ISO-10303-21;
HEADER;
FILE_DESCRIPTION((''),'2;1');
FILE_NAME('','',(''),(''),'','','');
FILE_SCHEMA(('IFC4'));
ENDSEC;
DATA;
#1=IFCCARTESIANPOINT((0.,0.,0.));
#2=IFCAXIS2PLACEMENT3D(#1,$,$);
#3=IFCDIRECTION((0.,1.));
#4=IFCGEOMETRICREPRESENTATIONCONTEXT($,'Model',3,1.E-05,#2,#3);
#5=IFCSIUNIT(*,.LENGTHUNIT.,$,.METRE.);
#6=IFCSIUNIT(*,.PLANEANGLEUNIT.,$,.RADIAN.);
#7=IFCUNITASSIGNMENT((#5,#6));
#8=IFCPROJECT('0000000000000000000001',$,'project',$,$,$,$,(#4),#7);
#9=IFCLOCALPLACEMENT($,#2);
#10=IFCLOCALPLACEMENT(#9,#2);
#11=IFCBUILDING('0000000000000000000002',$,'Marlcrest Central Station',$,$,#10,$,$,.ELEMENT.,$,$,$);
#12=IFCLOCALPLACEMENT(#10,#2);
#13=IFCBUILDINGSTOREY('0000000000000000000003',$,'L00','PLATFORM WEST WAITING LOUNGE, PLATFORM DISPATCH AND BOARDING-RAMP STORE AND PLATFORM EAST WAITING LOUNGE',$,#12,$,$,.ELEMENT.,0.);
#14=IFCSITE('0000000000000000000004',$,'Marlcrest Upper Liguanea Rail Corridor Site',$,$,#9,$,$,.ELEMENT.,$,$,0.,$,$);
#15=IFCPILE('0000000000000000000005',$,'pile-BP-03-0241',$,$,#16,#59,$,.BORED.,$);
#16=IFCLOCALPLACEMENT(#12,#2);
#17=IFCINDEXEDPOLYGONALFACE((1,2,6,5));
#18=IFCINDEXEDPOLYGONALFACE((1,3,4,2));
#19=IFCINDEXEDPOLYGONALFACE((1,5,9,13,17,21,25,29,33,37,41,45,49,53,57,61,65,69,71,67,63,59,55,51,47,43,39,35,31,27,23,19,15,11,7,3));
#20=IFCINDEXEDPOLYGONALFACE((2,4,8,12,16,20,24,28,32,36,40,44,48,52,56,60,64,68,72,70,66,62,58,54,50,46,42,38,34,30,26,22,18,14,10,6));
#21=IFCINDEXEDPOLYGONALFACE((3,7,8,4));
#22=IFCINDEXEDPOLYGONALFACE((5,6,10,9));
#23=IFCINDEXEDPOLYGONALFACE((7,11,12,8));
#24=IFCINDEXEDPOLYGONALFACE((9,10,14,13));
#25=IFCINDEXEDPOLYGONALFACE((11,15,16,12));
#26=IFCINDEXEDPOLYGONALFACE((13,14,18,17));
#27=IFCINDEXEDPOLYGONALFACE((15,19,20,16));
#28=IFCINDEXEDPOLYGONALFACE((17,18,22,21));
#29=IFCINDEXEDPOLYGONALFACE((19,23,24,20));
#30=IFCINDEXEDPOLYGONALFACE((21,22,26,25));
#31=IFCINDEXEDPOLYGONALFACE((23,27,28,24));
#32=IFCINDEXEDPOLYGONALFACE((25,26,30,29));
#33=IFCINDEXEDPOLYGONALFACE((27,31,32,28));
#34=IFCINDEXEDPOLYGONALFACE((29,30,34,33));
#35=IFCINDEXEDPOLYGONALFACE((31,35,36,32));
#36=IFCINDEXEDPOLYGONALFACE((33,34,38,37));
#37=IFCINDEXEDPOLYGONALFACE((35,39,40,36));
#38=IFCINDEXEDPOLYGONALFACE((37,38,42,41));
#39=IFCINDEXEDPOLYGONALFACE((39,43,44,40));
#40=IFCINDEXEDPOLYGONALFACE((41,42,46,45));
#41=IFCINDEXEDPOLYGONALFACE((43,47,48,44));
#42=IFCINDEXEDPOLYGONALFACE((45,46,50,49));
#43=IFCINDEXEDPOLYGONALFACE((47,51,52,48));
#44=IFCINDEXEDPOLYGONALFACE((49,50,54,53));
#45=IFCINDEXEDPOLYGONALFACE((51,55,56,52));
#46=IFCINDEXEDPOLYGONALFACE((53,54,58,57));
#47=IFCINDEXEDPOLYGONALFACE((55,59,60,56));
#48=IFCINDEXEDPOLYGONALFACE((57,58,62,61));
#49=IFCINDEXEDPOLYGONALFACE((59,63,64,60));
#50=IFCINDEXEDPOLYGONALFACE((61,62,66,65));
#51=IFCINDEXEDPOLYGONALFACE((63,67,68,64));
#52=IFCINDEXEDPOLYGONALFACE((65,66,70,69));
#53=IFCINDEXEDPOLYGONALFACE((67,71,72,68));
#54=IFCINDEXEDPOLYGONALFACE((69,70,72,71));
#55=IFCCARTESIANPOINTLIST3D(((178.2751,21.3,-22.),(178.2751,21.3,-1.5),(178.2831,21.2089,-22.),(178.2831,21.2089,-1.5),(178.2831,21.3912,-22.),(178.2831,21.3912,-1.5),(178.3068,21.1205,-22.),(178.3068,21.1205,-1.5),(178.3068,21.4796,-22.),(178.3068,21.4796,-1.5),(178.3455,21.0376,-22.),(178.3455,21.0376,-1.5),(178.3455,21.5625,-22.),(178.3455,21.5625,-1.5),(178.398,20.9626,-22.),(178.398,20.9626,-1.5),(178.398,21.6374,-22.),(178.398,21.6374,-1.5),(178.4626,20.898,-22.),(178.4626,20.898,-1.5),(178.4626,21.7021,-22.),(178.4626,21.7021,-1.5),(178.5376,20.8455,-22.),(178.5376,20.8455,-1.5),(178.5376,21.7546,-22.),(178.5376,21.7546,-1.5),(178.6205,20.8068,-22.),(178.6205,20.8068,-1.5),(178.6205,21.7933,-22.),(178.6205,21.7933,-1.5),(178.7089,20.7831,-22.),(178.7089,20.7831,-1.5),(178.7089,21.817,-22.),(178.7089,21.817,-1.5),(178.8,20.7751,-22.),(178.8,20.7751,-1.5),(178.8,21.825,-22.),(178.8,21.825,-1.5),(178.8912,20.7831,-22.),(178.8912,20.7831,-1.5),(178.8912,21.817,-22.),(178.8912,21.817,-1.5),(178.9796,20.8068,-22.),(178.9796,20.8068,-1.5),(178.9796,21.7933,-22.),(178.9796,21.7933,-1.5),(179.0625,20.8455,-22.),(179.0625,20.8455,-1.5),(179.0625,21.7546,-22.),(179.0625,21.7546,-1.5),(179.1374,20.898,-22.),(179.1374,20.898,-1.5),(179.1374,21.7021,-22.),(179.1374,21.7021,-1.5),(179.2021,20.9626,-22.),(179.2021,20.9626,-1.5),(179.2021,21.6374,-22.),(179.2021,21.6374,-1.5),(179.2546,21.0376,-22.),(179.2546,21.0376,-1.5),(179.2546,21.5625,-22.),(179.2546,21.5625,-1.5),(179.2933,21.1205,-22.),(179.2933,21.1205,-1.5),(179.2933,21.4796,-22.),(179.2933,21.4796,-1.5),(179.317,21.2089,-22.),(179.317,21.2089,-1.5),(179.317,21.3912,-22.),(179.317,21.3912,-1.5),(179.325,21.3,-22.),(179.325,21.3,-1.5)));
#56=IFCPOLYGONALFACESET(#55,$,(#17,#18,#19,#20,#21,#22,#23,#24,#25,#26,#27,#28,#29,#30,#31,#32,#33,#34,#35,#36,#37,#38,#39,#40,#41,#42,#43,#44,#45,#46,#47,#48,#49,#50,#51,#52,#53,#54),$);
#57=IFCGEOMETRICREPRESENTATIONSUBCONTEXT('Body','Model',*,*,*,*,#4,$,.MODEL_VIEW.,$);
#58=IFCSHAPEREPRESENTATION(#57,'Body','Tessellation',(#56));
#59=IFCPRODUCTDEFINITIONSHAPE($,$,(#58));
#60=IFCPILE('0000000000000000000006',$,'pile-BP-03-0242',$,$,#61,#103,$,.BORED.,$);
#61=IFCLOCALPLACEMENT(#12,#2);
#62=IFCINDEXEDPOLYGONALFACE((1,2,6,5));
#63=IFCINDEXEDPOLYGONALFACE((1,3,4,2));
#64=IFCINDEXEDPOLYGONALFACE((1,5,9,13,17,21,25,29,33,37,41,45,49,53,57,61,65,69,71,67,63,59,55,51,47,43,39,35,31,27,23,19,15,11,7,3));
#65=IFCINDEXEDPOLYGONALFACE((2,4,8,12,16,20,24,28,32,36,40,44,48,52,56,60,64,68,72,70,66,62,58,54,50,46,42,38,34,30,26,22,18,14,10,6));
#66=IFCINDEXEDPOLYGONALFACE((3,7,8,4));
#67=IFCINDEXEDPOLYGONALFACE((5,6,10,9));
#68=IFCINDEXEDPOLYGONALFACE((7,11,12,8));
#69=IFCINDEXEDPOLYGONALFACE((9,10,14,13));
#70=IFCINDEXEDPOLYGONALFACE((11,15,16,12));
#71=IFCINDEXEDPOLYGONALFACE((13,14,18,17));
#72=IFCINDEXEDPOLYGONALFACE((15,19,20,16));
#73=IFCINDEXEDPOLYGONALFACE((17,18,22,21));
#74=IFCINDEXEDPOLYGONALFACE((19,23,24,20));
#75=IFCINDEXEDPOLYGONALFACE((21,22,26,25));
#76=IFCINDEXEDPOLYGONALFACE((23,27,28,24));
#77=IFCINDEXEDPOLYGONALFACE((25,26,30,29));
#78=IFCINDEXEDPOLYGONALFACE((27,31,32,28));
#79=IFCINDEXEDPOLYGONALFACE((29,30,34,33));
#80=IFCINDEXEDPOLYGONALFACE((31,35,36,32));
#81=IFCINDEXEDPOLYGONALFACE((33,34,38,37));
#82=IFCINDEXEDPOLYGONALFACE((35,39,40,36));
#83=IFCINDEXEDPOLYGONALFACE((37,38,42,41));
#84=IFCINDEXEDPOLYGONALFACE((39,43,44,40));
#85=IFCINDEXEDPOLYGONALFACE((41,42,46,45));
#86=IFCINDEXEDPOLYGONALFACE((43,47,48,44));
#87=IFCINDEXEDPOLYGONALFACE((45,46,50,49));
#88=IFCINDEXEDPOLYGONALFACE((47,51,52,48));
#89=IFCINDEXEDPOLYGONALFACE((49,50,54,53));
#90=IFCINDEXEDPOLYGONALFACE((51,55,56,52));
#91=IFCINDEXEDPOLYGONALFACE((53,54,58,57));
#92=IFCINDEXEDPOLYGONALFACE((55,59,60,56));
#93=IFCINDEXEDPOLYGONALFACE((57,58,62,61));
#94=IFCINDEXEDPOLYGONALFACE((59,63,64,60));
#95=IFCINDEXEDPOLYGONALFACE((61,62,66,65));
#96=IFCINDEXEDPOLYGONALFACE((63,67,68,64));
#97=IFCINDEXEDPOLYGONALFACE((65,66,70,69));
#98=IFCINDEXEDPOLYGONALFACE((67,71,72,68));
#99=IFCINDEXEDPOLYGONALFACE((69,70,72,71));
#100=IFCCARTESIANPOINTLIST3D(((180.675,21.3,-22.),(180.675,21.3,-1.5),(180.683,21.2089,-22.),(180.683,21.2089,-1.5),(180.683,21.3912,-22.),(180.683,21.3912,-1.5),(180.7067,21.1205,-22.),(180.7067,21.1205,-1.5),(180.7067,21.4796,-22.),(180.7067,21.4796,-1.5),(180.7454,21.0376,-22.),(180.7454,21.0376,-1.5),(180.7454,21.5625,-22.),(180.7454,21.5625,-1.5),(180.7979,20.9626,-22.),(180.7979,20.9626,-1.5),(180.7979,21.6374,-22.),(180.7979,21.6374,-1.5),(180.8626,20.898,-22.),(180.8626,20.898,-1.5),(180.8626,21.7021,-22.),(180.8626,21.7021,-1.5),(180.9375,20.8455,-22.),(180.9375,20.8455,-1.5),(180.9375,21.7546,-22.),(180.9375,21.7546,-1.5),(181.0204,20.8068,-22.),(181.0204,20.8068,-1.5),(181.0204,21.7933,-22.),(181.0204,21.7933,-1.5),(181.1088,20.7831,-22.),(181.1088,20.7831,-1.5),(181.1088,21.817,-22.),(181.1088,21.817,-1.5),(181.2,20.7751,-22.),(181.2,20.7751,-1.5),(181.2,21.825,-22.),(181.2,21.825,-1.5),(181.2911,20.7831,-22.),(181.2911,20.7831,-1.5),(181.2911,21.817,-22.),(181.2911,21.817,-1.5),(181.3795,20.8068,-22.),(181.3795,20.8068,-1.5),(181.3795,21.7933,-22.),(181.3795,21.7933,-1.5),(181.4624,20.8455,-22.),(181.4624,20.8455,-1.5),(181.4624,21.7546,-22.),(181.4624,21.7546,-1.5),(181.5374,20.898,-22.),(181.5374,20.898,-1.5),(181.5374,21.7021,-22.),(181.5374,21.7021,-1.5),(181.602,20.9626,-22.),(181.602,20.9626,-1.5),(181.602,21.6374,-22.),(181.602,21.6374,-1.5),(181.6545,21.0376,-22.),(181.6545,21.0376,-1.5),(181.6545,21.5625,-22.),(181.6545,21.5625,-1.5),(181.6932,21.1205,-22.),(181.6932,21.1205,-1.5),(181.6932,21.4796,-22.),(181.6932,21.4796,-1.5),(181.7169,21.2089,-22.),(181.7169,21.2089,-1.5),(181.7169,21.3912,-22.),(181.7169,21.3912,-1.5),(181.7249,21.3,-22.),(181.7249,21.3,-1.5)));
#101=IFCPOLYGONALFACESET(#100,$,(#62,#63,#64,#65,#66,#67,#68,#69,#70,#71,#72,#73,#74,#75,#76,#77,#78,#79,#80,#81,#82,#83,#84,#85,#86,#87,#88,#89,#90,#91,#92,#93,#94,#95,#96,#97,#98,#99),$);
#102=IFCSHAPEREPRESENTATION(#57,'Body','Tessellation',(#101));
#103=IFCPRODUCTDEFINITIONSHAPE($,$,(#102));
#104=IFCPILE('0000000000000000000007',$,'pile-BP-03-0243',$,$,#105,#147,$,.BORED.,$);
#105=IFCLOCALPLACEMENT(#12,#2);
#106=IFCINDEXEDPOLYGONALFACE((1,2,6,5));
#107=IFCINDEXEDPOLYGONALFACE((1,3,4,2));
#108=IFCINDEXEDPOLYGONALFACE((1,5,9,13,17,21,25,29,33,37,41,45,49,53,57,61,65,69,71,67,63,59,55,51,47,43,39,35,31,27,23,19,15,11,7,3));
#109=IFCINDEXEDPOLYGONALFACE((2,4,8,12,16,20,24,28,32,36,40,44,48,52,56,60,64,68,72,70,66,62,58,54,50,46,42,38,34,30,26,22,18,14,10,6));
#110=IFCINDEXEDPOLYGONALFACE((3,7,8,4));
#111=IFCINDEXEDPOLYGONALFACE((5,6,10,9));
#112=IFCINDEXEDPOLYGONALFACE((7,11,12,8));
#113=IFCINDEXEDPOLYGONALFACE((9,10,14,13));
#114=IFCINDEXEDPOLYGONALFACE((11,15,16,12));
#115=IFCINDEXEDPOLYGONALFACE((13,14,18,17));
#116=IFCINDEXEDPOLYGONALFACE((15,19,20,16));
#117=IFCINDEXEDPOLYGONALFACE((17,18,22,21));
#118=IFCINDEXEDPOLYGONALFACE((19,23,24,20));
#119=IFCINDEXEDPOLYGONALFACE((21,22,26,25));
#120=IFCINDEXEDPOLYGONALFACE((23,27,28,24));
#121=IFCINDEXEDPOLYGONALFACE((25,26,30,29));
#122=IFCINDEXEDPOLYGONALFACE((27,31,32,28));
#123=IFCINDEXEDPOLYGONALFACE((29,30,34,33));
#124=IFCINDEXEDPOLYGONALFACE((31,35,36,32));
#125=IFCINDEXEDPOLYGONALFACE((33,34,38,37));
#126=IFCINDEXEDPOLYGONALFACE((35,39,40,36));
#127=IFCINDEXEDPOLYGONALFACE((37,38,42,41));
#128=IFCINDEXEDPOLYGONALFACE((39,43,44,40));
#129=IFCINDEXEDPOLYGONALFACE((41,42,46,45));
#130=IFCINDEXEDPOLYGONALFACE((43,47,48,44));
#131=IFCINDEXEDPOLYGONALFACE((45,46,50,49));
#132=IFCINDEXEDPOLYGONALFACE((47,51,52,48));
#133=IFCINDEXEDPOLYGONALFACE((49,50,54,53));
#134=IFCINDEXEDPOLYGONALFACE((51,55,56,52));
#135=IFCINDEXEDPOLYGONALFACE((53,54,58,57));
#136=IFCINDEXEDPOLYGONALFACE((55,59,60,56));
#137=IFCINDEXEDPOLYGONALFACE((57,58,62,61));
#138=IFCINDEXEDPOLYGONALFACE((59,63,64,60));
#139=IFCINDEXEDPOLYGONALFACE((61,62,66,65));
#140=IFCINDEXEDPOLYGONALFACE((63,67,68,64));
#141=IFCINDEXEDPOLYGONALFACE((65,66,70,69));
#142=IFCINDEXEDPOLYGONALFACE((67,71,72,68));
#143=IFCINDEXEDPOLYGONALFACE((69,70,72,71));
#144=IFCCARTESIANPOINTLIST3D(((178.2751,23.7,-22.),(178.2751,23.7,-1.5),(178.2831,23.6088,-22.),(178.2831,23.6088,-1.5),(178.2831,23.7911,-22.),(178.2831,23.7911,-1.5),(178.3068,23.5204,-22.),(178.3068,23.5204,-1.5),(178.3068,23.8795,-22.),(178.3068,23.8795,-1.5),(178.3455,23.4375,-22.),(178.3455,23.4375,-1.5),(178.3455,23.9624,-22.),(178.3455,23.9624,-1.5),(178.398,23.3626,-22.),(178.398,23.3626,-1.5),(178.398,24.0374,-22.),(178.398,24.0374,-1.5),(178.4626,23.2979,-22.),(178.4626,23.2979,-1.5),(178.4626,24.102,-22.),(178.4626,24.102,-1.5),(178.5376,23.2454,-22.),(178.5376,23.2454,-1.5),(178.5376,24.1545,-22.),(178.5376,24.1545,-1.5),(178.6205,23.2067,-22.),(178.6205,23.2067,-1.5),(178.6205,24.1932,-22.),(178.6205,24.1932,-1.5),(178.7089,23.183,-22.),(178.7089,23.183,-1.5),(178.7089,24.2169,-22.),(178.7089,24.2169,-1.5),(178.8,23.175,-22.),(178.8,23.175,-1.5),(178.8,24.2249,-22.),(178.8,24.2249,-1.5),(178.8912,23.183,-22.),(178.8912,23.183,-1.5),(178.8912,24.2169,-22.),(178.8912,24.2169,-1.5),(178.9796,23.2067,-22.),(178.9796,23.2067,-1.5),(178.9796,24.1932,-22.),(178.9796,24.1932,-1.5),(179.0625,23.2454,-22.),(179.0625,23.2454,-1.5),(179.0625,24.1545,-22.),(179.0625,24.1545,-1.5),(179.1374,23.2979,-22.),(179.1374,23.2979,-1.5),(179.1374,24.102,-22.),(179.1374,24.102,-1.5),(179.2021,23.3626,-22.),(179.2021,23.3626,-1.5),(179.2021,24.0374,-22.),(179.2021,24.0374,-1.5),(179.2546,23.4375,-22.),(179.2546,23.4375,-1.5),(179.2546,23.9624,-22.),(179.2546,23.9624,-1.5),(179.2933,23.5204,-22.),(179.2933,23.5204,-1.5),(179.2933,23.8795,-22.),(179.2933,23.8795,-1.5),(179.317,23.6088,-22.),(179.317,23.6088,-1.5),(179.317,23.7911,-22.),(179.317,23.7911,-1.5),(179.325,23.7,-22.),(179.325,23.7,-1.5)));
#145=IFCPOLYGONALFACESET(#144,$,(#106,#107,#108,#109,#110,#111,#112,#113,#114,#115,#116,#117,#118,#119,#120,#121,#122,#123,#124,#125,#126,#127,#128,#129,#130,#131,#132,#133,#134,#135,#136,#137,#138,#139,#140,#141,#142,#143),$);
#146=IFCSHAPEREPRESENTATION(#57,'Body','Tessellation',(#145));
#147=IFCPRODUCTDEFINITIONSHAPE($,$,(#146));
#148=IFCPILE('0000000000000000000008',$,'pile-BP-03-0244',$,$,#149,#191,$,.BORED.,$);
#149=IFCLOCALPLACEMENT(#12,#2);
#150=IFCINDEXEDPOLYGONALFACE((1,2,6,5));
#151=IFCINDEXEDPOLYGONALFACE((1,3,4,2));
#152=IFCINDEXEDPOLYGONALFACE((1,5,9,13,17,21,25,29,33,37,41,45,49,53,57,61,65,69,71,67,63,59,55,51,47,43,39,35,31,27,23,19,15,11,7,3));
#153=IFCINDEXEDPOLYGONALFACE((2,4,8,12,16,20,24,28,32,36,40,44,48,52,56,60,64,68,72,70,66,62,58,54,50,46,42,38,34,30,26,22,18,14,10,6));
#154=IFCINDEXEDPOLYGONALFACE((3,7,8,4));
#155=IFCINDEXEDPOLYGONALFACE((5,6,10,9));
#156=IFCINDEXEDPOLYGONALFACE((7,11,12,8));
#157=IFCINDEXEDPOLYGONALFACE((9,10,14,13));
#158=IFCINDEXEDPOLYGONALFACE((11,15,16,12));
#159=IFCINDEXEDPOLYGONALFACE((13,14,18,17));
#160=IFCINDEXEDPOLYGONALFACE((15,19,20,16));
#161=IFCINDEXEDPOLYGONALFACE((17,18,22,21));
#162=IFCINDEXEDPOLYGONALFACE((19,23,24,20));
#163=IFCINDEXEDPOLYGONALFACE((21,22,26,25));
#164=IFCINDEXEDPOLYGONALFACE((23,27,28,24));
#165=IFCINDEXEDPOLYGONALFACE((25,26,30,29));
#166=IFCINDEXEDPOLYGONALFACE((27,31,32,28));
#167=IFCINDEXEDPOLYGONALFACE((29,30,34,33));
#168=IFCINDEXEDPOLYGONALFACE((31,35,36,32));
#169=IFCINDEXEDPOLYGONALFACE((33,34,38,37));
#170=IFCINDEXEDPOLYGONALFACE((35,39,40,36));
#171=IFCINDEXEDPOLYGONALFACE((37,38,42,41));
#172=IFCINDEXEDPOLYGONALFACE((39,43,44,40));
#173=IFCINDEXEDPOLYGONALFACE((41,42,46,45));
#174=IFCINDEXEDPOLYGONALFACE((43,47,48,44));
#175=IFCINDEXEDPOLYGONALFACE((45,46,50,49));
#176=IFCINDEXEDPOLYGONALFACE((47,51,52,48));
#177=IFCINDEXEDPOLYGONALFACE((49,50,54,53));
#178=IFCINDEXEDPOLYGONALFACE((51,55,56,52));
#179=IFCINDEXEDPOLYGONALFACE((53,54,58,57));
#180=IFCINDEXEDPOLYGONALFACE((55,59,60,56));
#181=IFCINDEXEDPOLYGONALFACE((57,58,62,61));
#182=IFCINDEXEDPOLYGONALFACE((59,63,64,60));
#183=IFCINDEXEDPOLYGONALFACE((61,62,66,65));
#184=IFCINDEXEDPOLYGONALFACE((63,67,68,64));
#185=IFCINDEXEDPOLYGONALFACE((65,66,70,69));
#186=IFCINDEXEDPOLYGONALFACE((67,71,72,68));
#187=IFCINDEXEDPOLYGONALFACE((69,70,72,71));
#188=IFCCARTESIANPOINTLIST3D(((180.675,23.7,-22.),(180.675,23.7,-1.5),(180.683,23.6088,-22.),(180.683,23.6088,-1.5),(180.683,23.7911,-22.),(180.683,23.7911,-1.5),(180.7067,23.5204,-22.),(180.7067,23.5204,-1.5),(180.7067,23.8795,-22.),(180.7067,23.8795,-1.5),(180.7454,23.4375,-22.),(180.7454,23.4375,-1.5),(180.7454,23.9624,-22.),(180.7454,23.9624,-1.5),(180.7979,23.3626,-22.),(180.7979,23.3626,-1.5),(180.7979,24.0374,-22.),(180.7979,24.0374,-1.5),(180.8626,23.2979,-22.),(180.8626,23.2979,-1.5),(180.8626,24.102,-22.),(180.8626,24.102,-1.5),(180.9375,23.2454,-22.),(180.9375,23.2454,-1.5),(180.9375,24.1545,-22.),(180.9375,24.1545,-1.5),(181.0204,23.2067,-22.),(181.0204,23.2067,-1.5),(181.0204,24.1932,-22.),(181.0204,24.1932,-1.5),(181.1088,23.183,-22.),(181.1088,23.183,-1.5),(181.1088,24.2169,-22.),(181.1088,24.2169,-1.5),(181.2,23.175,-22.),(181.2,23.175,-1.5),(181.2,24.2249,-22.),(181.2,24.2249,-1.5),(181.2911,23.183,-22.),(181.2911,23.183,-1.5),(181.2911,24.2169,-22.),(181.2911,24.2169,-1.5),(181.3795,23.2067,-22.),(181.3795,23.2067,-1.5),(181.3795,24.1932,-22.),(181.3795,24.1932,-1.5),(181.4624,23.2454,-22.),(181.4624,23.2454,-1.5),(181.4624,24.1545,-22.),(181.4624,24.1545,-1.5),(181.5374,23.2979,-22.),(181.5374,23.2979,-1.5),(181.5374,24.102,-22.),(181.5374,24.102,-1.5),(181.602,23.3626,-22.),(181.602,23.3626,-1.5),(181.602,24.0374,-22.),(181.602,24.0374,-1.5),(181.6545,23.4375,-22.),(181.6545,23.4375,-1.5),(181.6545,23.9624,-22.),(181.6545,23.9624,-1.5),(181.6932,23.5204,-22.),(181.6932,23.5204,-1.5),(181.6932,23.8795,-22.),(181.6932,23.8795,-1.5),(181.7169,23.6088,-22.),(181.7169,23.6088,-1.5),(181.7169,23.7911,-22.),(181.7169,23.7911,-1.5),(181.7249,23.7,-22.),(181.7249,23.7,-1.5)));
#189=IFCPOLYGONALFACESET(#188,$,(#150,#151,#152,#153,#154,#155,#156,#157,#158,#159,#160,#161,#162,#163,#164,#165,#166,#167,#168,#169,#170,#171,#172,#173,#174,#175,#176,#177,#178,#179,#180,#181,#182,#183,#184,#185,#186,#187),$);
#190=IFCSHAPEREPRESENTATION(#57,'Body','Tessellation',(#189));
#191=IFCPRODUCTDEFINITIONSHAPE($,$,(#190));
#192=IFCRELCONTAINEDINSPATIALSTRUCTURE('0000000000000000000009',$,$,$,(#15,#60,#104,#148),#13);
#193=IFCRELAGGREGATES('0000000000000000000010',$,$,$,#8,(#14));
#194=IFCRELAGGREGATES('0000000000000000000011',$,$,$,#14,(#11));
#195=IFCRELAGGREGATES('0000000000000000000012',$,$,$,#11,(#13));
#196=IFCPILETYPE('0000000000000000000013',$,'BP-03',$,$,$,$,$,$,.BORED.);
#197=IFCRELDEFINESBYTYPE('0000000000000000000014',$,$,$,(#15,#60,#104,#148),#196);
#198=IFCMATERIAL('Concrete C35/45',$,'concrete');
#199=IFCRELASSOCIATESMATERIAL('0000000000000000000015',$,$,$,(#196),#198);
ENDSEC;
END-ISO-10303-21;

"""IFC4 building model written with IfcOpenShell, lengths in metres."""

from ifc_helpers import new_model, si_unit, direction, frame, origin, origin_2d, place, context, subcontext, project, spatial, circle, extrude, material, material_profile, profile_set, type_object, element, save


model = new_model("IFC4")

# Units and contexts
model_context = context("Model", 3, precision=1e-05, world=origin(), true_north=direction((0.0, 1.0)))
body_context = subcontext(model_context, "Body", "Model", "MODEL_VIEW")
ifc_project = project(units=[si_unit("LENGTHUNIT", "METRE"), si_unit("PLANEANGLEUNIT", "RADIAN")], contexts=[model_context])

# Site, building, storey
site_placement = place(None, origin())
site = spatial("IfcSite", under=ifc_project, at=site_placement, Name="Marlcrest Upper Liguanea Rail Corridor Site", CompositionType="ELEMENT", RefElevation=0.0)
building_placement = place(site_placement, origin())
building = spatial("IfcBuilding", under=site, at=building_placement, Name="Marlcrest Central Station", CompositionType="ELEMENT")
storey_placement = place(building_placement, origin())
storey = spatial("IfcBuildingStorey", under=building, at=storey_placement, Name="L00", Description="PLATFORM WEST WAITING LOUNGE, PLATFORM DISPATCH AND BOARDING-RAMP STORE AND PLATFORM EAST WAITING LOUNGE", CompositionType="ELEMENT", Elevation=0.0)

# Piles
ifc_material_1 = material(Name="Concrete C35/45", Category="concrete")
ifc_material_profile_1 = material_profile(ifc_material_1, circle(Radius=0.5249, at=origin_2d()), Name="PILE D1050")
ifc_profile_set_1 = profile_set([ifc_material_profile_1], Name="Concrete C35/45")
pile_type = type_object("IfcPileType", Name="BP-03", PredefinedType="BORED", material=ifc_profile_set_1)
for number, where, z_axis, x_axis, name in (
    (1, (178.8, 21.3, -1.5), (0.0, 0.0, -1.0), (1.0, 0.0, 0.0), "pile-BP-03-0241"),
    (2, (181.2, 21.3, -1.5), (0.0, 0.0, -1.0), (1.0, 0.0, 0.0), "pile-BP-03-0242"),
    (3, (178.8, 23.7, -1.5), (0.0, 0.0, -1.0), (1.0, 0.0, 0.0), "pile-BP-03-0243"),
    (4, (181.2, 23.7, -1.5), (0.0, 0.0, -1.0), (1.0, 0.0, 0.0), "pile-BP-03-0244"),
):
    element("IfcPile", number, at=place(storey_placement, frame(where, z_axis=z_axis, x_axis=x_axis)), inside=storey, type_object=pile_type, Name=name, PredefinedType="BORED", context=body_context, shape_type="SweptSolid", body=[
        extrude(circle(Radius=0.5249, at=origin_2d()), origin(), (0.0, 0.0, 1.0), 20.5),
    ])

save(model, "model.ifc")
